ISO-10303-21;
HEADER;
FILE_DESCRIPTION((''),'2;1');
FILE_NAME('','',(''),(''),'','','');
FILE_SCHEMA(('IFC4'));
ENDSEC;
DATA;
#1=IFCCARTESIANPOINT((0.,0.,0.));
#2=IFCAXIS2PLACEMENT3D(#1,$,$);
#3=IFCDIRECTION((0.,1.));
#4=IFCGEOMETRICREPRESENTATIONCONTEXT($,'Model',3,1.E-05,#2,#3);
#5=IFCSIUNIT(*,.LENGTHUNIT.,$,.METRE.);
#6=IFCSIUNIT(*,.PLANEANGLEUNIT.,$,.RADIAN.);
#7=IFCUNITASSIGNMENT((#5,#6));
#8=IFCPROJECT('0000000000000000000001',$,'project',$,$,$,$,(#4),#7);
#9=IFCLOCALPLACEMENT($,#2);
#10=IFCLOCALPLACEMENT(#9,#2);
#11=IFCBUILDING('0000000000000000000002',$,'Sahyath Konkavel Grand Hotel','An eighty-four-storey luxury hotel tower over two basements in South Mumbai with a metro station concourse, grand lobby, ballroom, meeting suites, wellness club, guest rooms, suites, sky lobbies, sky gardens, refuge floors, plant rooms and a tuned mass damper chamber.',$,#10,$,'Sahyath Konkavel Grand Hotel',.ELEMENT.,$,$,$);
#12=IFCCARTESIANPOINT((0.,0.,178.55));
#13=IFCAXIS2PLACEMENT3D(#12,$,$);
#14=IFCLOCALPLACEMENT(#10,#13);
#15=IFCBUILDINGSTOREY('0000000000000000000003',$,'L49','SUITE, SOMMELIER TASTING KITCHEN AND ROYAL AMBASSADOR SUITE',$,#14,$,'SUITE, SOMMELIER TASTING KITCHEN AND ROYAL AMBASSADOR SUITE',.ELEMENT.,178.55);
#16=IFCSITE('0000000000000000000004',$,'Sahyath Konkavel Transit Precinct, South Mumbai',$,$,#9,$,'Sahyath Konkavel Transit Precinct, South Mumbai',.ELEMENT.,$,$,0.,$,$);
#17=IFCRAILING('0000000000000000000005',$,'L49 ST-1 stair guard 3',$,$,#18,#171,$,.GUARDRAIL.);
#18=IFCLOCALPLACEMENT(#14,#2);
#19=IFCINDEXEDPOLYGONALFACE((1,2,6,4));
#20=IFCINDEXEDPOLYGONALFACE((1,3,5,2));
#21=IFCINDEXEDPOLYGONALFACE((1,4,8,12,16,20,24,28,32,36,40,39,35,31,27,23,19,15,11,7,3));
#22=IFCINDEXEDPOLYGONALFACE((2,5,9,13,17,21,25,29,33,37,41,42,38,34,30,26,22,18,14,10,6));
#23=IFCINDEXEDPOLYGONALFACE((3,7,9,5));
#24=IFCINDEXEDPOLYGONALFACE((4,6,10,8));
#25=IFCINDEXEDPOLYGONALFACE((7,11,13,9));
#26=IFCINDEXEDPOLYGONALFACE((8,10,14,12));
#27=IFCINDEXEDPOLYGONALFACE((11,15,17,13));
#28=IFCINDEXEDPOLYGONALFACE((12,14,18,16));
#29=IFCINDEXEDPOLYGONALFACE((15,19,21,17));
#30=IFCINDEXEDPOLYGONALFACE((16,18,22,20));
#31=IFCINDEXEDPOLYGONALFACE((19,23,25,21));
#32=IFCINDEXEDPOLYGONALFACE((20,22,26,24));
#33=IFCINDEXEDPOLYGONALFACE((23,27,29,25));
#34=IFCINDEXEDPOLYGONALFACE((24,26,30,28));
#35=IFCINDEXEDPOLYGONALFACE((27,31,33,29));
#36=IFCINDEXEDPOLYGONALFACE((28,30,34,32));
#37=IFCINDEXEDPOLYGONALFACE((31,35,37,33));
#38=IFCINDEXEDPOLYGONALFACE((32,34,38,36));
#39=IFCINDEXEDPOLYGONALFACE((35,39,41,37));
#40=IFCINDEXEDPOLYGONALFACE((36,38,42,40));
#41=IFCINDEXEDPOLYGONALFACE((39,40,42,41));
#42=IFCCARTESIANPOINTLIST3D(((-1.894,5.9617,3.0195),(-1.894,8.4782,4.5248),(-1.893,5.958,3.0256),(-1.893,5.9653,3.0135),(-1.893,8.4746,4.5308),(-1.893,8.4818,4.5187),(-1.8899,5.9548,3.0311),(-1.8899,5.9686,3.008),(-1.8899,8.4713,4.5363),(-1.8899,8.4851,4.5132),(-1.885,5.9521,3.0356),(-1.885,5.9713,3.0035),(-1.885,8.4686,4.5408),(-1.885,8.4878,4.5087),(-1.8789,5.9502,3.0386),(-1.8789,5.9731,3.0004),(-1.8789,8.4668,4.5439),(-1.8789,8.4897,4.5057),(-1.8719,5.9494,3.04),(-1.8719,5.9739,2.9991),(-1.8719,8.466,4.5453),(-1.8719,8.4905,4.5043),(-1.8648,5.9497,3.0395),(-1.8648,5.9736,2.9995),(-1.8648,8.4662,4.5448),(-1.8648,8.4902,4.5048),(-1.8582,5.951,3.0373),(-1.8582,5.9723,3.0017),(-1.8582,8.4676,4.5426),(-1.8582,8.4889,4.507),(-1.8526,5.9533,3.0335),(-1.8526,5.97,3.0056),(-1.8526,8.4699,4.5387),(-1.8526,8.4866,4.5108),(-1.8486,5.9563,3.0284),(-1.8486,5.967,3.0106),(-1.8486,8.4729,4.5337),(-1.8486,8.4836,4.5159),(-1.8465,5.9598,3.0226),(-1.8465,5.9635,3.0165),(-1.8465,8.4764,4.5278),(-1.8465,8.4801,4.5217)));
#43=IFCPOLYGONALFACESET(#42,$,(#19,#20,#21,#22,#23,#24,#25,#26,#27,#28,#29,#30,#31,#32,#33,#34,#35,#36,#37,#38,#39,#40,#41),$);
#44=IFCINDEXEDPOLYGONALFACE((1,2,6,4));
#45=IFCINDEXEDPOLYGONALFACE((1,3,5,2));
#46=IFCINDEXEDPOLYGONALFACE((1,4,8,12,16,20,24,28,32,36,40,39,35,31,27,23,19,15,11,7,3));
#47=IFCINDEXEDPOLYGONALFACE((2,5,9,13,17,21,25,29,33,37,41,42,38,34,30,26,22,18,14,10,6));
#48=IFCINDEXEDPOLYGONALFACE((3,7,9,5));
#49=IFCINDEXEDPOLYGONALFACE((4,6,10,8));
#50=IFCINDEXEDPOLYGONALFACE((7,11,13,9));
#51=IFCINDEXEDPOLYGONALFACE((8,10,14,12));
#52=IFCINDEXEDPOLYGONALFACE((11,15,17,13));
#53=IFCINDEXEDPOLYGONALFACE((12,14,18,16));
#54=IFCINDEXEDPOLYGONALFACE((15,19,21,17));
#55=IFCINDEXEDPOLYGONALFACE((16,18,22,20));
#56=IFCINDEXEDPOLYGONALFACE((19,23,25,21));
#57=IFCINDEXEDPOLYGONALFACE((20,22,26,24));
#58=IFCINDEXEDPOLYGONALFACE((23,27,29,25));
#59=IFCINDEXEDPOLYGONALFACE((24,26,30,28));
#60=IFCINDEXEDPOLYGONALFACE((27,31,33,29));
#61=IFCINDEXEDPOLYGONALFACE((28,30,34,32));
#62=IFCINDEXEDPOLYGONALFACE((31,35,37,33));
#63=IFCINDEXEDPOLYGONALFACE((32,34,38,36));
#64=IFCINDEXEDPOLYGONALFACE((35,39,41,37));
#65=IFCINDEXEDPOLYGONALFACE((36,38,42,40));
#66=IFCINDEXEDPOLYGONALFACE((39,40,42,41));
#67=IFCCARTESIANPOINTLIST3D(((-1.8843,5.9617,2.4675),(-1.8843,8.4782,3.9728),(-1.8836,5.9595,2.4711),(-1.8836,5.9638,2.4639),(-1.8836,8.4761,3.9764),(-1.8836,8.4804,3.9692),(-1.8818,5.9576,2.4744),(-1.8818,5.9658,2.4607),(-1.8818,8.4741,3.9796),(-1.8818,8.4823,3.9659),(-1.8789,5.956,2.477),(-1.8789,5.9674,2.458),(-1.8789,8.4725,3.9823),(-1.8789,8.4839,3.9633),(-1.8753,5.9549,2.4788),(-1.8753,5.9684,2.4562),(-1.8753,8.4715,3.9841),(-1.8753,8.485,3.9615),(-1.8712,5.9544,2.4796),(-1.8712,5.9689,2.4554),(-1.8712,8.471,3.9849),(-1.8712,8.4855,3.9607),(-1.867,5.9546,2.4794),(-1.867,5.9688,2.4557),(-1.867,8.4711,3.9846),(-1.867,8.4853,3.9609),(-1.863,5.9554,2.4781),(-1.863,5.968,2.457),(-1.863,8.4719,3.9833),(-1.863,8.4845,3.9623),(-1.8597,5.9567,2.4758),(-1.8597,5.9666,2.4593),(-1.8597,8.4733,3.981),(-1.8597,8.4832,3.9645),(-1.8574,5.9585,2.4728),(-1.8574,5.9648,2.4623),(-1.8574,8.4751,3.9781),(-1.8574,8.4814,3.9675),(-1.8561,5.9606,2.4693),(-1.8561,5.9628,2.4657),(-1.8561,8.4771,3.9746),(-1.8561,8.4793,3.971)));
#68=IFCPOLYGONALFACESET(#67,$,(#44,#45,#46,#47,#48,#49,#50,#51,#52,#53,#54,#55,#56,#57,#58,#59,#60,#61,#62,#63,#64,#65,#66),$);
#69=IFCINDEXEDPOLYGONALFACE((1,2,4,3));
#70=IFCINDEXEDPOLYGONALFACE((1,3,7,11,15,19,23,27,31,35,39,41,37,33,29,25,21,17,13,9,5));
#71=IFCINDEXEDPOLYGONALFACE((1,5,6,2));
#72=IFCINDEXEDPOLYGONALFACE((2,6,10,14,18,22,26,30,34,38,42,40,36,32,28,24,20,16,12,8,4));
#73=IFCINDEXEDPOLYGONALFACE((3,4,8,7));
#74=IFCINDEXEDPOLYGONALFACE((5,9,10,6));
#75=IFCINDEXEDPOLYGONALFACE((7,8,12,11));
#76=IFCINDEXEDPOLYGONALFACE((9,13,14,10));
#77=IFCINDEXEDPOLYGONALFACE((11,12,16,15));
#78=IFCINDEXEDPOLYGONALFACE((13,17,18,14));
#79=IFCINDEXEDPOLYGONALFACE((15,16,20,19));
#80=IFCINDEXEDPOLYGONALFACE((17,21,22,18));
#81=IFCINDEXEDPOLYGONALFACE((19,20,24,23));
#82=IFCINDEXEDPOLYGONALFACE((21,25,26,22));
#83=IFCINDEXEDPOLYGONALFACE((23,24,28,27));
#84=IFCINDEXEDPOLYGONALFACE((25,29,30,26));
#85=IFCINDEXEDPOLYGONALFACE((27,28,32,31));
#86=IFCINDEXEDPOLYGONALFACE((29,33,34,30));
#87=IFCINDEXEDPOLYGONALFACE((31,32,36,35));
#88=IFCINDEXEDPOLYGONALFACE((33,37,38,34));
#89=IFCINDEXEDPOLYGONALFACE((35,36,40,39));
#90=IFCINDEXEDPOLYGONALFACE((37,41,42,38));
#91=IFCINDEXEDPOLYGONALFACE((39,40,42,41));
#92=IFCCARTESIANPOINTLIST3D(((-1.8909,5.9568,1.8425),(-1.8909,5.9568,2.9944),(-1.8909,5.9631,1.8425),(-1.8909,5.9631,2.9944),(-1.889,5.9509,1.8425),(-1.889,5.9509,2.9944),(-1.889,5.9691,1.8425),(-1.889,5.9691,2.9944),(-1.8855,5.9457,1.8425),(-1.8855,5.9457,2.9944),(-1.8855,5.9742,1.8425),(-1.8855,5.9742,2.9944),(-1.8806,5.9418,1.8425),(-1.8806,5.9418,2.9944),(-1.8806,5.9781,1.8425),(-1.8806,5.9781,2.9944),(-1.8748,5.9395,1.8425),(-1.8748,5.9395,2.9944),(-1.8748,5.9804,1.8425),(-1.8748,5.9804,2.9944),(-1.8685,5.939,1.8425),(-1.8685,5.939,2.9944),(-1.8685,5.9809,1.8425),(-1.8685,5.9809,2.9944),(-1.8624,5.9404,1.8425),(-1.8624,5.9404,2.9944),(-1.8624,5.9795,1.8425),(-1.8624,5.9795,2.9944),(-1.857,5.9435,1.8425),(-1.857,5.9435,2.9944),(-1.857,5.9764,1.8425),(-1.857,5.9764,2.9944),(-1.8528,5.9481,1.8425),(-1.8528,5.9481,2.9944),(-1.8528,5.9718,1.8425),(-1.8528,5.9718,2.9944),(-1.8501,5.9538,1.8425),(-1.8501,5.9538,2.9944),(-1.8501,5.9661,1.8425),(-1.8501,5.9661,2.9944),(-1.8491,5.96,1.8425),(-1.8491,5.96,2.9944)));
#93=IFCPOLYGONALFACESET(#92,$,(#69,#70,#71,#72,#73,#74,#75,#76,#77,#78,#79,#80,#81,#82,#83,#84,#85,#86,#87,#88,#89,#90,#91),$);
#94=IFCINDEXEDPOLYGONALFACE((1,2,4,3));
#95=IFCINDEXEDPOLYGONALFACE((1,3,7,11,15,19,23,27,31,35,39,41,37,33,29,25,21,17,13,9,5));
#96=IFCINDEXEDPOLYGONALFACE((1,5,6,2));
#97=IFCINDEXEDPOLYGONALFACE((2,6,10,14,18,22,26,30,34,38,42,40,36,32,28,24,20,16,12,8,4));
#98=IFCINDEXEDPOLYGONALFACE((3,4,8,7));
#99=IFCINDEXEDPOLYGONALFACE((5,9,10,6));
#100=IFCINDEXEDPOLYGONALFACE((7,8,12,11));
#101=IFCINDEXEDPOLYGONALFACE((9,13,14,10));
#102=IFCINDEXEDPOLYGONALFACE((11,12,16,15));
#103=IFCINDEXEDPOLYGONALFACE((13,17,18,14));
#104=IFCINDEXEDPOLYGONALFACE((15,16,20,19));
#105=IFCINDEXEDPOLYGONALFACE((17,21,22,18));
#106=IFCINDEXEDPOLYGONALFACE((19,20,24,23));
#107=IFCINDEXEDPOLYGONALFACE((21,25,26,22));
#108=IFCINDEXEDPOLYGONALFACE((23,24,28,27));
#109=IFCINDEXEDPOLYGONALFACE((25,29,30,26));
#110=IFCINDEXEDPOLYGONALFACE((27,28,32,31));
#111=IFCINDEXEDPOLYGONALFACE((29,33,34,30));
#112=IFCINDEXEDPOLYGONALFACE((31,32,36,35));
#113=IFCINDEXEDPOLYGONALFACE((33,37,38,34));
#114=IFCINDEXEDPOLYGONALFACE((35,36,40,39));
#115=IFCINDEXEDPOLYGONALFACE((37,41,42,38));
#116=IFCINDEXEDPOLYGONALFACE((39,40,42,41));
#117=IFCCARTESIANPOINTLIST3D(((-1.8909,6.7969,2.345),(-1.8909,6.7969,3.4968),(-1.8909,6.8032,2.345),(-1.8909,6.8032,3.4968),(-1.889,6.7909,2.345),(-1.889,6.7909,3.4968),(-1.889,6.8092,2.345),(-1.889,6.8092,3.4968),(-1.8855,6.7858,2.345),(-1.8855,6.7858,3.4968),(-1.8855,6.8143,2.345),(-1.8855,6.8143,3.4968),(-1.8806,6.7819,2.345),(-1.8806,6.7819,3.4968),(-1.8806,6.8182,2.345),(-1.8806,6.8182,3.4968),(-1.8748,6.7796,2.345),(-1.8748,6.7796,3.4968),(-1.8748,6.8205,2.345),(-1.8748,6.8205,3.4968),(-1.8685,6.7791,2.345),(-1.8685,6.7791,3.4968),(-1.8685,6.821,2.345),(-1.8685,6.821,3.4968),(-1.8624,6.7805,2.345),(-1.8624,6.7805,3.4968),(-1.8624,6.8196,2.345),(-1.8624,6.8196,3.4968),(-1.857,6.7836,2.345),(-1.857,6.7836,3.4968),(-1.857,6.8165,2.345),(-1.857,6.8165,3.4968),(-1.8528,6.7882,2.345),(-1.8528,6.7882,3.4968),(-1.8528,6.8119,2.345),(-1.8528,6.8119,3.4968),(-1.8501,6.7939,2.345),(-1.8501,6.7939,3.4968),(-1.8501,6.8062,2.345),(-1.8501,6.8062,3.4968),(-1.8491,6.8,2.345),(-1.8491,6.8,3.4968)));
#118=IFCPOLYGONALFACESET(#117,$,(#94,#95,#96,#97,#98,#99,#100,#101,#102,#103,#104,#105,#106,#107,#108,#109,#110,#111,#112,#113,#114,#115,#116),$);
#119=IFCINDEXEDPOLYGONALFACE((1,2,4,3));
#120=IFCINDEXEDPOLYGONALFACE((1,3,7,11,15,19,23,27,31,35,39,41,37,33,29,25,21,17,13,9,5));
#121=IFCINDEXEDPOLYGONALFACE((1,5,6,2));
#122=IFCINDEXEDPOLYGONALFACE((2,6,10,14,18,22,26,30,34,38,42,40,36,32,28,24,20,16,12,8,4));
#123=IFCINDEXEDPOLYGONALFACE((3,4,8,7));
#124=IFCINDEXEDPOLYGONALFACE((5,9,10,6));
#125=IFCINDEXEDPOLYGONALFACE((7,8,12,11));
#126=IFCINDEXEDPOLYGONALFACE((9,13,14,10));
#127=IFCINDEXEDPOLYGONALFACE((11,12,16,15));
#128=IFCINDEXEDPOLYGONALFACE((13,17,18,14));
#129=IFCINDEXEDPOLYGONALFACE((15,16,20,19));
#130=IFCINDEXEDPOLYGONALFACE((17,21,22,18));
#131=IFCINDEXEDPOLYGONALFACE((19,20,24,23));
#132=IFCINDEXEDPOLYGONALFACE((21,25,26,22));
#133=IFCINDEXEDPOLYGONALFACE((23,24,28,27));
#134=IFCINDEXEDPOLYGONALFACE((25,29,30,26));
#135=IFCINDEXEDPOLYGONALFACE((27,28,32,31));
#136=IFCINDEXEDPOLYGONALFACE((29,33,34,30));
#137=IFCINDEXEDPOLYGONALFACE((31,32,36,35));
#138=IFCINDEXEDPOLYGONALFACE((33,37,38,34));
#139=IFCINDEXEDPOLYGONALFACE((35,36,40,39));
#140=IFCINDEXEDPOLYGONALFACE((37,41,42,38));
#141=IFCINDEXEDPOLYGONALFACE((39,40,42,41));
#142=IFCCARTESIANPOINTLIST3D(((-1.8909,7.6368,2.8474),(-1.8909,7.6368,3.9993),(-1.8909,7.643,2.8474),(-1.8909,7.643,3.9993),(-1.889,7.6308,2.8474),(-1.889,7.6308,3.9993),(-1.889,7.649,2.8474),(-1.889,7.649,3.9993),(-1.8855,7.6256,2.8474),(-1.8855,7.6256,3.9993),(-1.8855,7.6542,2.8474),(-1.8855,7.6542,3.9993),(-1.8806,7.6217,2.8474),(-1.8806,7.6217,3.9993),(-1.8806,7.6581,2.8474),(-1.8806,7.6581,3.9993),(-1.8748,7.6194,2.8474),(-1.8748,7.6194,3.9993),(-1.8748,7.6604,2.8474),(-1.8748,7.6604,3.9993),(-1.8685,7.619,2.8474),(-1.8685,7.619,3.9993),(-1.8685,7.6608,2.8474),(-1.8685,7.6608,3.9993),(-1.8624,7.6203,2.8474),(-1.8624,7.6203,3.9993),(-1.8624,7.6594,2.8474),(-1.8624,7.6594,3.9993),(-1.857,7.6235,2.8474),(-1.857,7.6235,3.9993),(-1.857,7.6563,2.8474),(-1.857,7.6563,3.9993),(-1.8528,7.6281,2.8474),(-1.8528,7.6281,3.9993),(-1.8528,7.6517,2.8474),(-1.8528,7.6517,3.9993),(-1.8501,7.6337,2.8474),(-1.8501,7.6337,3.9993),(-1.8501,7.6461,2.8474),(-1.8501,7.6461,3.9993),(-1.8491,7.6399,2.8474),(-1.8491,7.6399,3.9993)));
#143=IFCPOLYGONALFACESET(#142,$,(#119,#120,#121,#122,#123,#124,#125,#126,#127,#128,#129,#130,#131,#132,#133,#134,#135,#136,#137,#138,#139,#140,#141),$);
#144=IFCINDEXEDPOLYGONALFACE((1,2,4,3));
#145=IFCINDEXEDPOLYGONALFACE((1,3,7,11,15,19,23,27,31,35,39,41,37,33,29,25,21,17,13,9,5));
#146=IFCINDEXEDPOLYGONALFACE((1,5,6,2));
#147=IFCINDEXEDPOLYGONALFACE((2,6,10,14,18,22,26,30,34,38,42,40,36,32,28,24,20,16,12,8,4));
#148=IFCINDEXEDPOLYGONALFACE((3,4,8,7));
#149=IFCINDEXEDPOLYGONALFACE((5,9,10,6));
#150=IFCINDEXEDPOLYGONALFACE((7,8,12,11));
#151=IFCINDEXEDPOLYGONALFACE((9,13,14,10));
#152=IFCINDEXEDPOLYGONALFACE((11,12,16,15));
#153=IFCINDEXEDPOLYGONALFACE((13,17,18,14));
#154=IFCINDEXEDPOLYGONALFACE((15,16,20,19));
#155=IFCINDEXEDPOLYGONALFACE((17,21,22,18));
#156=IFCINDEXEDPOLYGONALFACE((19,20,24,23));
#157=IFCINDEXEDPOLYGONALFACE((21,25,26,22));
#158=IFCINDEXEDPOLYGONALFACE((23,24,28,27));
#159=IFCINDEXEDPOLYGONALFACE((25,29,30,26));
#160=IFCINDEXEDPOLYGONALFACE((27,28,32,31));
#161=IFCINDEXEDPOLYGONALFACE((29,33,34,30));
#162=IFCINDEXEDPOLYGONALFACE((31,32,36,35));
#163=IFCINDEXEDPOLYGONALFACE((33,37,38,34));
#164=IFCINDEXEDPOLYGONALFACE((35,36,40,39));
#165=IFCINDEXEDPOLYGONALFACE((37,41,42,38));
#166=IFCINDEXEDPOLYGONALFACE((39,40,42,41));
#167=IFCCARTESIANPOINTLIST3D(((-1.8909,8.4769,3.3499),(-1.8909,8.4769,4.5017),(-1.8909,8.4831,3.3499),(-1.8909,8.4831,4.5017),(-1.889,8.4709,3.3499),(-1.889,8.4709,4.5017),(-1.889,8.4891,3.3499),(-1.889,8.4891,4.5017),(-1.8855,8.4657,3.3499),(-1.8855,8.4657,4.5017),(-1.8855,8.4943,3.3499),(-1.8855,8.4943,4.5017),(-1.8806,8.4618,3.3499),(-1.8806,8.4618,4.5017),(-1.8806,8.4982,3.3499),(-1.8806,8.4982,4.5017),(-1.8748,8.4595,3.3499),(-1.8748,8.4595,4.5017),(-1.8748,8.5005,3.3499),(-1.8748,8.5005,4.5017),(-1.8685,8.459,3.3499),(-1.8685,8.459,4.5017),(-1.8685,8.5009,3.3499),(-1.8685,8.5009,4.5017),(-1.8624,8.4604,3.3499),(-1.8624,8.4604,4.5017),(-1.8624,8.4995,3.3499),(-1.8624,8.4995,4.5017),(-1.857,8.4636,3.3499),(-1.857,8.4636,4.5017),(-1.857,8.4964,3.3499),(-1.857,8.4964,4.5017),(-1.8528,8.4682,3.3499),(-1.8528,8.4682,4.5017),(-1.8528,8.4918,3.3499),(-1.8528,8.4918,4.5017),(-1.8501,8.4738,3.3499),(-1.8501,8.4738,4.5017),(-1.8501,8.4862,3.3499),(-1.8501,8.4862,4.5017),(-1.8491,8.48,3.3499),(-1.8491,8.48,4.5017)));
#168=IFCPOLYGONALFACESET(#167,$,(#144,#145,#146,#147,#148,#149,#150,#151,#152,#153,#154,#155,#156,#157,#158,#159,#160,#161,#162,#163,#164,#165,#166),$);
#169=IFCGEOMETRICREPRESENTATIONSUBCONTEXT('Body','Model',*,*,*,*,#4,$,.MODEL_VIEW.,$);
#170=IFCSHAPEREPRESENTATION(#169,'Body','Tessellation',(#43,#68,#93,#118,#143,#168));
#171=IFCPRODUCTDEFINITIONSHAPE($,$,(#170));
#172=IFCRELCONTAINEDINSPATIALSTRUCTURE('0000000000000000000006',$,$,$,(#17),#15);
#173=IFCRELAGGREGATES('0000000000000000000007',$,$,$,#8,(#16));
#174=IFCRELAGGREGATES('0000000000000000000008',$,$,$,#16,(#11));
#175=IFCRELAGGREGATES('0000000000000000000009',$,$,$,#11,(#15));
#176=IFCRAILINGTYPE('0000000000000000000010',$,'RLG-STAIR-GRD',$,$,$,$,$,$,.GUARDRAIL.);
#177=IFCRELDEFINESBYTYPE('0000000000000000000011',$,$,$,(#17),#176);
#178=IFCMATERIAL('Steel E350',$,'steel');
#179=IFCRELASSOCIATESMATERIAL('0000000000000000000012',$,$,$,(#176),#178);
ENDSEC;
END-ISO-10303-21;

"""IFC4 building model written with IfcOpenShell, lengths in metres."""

from ifc_helpers import new_model, si_unit, direction, frame, origin, origin_2d, place, context, subcontext, project, spatial, circle, extrude, material, type_object, element, save


model = new_model("IFC4")

# Units and contexts
model_context = context("Model", 3, precision=1e-05, world=origin(), true_north=direction((0.0, 1.0)))
body_context = subcontext(model_context, "Body", "Model", "MODEL_VIEW")
ifc_project = project(units=[si_unit("LENGTHUNIT", "METRE"), si_unit("PLANEANGLEUNIT", "RADIAN")], contexts=[model_context])

# Site, building, storey
site_placement = place(None, origin())
site = spatial("IfcSite", under=ifc_project, at=site_placement, Name="Sahyath Konkavel Transit Precinct, South Mumbai", LongName="Sahyath Konkavel Transit Precinct, South Mumbai", CompositionType="ELEMENT", RefElevation=0.0)
building_placement = place(site_placement, origin())
building = spatial("IfcBuilding", under=site, at=building_placement, Name="Sahyath Konkavel Grand Hotel", Description="An eighty-four-storey luxury hotel tower over two basements in South Mumbai with a metro station concourse, grand lobby, ballroom, meeting suites, wellness club, guest rooms, suites, sky lobbies, sky gardens, refuge floors, plant rooms and a tuned mass damper chamber.", LongName="Sahyath Konkavel Grand Hotel", CompositionType="ELEMENT")
storey_placement = place(building_placement, frame((0.0, 0.0, 178.55)))
storey = spatial("IfcBuildingStorey", under=building, at=storey_placement, Name="L49", Description="SUITE, SOMMELIER TASTING KITCHEN AND ROYAL AMBASSADOR SUITE", LongName="SUITE, SOMMELIER TASTING KITCHEN AND ROYAL AMBASSADOR SUITE", CompositionType="ELEMENT", Elevation=178.55)

# Shared definitions
ifc_material_1 = material(Name="Steel E350", Category="steel")

# Railing
railing_type_1 = type_object("IfcRailingType", Name="RLG-STAIR-GRD", PredefinedType="GUARDRAIL", material=ifc_material_1)
railing_1_placement = place(storey_placement, frame((-1.8701, 5.96, 1.8425)))
element("IfcRailing", 1, at=railing_1_placement, inside=storey, type_object=railing_type_1, Name="L49 ST-1 stair guard 3", PredefinedType="GUARDRAIL", context=body_context, shape_type="SweptSolid", body=[
    extrude(circle(Radius=0.0239, at=origin_2d()), frame((0.0, 0.0017, 1.177), z_axis=(0.0, 0.858196, 0.513321), x_axis=(-1.0, 0.0, 0.0)), (0.0, 0.0, 1.0), 2.9324),
    extrude(circle(Radius=0.0142, at=origin_2d()), frame((0.0, 0.0017, 0.625), z_axis=(0.0, 0.858196, 0.513321), x_axis=(-1.0, 0.0, 0.0)), (0.0, 0.0, 1.0), 2.9324),
    extrude(circle(Radius=0.021, at=origin_2d()), origin(), (0.0, 0.0, 1.0), 1.1519),
    extrude(circle(Radius=0.021, at=origin_2d()), frame((0.0, 0.8401, 0.5024)), (0.0, 0.0, 1.0), 1.1519),
    extrude(circle(Radius=0.021, at=origin_2d()), frame((0.0, 1.6799, 1.0049)), (0.0, 0.0, 1.0), 1.1519),
    extrude(circle(Radius=0.021, at=origin_2d()), frame((0.0, 2.52, 1.5073)), (0.0, 0.0, 1.0), 1.1519),
])

save(model, "model.ifc")
